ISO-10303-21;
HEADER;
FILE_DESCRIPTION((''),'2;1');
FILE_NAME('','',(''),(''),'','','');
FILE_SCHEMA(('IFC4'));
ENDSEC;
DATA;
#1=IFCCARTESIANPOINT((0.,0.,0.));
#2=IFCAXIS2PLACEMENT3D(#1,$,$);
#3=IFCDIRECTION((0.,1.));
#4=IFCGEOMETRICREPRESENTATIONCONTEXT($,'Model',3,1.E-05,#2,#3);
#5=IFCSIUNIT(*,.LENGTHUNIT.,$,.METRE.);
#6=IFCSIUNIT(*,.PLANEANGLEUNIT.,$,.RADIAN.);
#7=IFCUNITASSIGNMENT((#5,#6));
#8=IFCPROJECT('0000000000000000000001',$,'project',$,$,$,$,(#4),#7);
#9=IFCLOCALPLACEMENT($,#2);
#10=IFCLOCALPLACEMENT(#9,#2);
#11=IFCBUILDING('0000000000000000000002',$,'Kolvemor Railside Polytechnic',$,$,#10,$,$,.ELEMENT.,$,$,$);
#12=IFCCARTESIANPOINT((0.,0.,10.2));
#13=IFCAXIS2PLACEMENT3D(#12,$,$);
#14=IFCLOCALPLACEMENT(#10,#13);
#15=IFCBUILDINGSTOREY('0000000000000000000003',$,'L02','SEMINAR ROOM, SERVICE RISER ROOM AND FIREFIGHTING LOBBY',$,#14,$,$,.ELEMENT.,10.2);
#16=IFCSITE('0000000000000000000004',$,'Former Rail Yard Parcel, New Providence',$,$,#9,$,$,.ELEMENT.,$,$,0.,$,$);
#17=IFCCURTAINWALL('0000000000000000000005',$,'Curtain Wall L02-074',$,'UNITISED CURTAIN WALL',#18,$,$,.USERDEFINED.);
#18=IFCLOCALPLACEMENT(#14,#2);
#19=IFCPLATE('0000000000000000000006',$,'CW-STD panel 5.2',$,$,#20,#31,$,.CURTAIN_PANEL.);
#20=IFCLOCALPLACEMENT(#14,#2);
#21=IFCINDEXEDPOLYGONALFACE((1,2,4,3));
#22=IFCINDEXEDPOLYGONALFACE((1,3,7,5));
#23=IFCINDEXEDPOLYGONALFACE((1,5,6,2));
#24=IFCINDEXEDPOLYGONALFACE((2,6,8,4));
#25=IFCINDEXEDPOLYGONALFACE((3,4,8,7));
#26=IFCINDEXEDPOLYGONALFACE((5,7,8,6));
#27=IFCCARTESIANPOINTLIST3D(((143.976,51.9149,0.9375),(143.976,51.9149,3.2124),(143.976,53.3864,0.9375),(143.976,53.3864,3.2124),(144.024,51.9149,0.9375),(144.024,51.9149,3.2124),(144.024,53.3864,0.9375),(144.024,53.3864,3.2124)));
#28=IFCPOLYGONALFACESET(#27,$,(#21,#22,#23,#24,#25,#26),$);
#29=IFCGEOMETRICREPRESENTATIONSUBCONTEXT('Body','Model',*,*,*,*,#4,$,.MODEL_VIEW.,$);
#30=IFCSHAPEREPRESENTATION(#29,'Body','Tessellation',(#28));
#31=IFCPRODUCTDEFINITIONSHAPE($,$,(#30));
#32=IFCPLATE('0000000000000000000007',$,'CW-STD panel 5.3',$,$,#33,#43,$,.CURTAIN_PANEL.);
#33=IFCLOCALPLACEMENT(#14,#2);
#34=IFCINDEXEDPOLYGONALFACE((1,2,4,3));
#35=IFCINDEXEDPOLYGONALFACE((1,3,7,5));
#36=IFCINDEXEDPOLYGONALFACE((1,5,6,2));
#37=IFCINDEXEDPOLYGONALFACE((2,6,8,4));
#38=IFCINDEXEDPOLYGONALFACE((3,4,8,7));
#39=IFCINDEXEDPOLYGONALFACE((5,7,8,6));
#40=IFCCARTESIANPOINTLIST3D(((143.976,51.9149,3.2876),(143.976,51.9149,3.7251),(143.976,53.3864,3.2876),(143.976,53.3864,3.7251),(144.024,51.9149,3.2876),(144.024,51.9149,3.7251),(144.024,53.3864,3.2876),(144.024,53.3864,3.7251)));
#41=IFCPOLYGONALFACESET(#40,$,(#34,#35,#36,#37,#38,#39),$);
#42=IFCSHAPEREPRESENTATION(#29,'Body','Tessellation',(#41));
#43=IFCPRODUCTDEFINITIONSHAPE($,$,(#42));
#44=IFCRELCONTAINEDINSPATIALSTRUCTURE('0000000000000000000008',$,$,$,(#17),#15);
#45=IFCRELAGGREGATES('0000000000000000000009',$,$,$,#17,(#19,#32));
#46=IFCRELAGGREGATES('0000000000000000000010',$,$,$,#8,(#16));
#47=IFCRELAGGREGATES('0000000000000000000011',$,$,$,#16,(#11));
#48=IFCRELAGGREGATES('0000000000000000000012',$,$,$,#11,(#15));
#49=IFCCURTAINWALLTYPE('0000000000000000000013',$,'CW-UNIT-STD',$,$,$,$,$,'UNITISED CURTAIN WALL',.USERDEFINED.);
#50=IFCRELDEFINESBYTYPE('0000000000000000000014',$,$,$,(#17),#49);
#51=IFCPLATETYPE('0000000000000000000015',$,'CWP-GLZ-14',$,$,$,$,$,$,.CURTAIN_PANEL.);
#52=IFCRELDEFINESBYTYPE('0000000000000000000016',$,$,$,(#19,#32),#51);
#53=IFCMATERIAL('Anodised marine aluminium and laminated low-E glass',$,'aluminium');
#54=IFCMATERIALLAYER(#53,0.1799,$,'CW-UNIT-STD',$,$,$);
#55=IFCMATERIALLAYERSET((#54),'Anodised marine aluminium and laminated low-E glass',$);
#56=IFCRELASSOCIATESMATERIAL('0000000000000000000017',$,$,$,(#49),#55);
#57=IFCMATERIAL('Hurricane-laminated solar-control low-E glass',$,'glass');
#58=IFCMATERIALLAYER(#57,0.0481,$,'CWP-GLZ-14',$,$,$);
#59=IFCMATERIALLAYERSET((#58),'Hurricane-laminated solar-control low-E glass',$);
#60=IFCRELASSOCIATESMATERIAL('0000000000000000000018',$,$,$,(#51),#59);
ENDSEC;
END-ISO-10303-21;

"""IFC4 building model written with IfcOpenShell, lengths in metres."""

from ifc_helpers import new_model, si_unit, direction, frame, origin, origin_2d, place, context, subcontext, project, spatial, rectangle, extrude, material, layer, layer_set, type_object, element, aggregate, save


model = new_model("IFC4")

# Units and contexts
model_context = context("Model", 3, precision=1e-05, world=origin(), true_north=direction((0.0, 1.0)))
body_context = subcontext(model_context, "Body", "Model", "MODEL_VIEW")
ifc_project = project(units=[si_unit("LENGTHUNIT", "METRE"), si_unit("PLANEANGLEUNIT", "RADIAN")], contexts=[model_context])

# Site, building, storey
site_placement = place(None, origin())
site = spatial("IfcSite", under=ifc_project, at=site_placement, Name="Former Rail Yard Parcel, New Providence", CompositionType="ELEMENT", RefElevation=0.0)
building_placement = place(site_placement, origin())
building = spatial("IfcBuilding", under=site, at=building_placement, Name="Kolvemor Railside Polytechnic", CompositionType="ELEMENT")
storey_placement = place(building_placement, frame((0.0, 0.0, 10.2)))
storey = spatial("IfcBuildingStorey", under=building, at=storey_placement, Name="L02", Description="SEMINAR ROOM, SERVICE RISER ROOM AND FIREFIGHTING LOBBY", CompositionType="ELEMENT", Elevation=10.2)

# Curtain wall, plates
ifc_material_1 = material(Name="Anodised marine aluminium and laminated low-E glass", Category="aluminium")
ifc_layer_1 = layer(ifc_material_1, 0.1799, Name="CW-UNIT-STD")
ifc_layer_set_1 = layer_set([ifc_layer_1], Name="Anodised marine aluminium and laminated low-E glass")
curtain_wall_type = type_object("IfcCurtainWallType", Name="CW-UNIT-STD", ElementType="UNITISED CURTAIN WALL", PredefinedType="USERDEFINED", material=ifc_layer_set_1)
curtain_wall_placement = place(storey_placement, origin())
curtain_wall = element("IfcCurtainWall", 1, at=curtain_wall_placement, inside=storey, type_object=curtain_wall_type, Name="Curtain Wall L02-074", ObjectType="UNITISED CURTAIN WALL", PredefinedType="USERDEFINED")
ifc_material_2 = material(Name="Hurricane-laminated solar-control low-E glass", Category="glass")
ifc_layer_2 = layer(ifc_material_2, 0.0481, Name="CWP-GLZ-14")
ifc_layer_set_2 = layer_set([ifc_layer_2], Name="Hurricane-laminated solar-control low-E glass")
plate_type = type_object("IfcPlateType", Name="CWP-GLZ-14", PredefinedType="CURTAIN_PANEL", material=ifc_layer_set_2)
plate_1_placement = place(storey_placement, frame((144.0, 52.6506, 0.9375), z_axis=(0.0, 0.0, 1.0), x_axis=(0.0, -1.0, 0.0)))
plate_1 = element("IfcPlate", 2, at=plate_1_placement, type_object=plate_type, Name="CW-STD panel 5.2", PredefinedType="CURTAIN_PANEL", context=body_context, shape_type="SweptSolid", body=[
    extrude(rectangle(XDim=1.4714, YDim=0.0481, at=origin_2d()), origin(), (0.0, 0.0, 1.0), 2.2749),
])
plate_2_placement = place(storey_placement, frame((144.0, 52.6506, 3.2876), z_axis=(0.0, 0.0, 1.0), x_axis=(0.0, -1.0, 0.0)))
plate_2 = element("IfcPlate", 3, at=plate_2_placement, type_object=plate_type, Name="CW-STD panel 5.3", PredefinedType="CURTAIN_PANEL", context=body_context, shape_type="SweptSolid", body=[
    extrude(rectangle(XDim=1.4714, YDim=0.0481, at=origin_2d()), origin(), (0.0, 0.0, 1.0), 0.4375),
])
aggregate(curtain_wall, [plate_1, plate_2])

save(model, "model.ifc")
